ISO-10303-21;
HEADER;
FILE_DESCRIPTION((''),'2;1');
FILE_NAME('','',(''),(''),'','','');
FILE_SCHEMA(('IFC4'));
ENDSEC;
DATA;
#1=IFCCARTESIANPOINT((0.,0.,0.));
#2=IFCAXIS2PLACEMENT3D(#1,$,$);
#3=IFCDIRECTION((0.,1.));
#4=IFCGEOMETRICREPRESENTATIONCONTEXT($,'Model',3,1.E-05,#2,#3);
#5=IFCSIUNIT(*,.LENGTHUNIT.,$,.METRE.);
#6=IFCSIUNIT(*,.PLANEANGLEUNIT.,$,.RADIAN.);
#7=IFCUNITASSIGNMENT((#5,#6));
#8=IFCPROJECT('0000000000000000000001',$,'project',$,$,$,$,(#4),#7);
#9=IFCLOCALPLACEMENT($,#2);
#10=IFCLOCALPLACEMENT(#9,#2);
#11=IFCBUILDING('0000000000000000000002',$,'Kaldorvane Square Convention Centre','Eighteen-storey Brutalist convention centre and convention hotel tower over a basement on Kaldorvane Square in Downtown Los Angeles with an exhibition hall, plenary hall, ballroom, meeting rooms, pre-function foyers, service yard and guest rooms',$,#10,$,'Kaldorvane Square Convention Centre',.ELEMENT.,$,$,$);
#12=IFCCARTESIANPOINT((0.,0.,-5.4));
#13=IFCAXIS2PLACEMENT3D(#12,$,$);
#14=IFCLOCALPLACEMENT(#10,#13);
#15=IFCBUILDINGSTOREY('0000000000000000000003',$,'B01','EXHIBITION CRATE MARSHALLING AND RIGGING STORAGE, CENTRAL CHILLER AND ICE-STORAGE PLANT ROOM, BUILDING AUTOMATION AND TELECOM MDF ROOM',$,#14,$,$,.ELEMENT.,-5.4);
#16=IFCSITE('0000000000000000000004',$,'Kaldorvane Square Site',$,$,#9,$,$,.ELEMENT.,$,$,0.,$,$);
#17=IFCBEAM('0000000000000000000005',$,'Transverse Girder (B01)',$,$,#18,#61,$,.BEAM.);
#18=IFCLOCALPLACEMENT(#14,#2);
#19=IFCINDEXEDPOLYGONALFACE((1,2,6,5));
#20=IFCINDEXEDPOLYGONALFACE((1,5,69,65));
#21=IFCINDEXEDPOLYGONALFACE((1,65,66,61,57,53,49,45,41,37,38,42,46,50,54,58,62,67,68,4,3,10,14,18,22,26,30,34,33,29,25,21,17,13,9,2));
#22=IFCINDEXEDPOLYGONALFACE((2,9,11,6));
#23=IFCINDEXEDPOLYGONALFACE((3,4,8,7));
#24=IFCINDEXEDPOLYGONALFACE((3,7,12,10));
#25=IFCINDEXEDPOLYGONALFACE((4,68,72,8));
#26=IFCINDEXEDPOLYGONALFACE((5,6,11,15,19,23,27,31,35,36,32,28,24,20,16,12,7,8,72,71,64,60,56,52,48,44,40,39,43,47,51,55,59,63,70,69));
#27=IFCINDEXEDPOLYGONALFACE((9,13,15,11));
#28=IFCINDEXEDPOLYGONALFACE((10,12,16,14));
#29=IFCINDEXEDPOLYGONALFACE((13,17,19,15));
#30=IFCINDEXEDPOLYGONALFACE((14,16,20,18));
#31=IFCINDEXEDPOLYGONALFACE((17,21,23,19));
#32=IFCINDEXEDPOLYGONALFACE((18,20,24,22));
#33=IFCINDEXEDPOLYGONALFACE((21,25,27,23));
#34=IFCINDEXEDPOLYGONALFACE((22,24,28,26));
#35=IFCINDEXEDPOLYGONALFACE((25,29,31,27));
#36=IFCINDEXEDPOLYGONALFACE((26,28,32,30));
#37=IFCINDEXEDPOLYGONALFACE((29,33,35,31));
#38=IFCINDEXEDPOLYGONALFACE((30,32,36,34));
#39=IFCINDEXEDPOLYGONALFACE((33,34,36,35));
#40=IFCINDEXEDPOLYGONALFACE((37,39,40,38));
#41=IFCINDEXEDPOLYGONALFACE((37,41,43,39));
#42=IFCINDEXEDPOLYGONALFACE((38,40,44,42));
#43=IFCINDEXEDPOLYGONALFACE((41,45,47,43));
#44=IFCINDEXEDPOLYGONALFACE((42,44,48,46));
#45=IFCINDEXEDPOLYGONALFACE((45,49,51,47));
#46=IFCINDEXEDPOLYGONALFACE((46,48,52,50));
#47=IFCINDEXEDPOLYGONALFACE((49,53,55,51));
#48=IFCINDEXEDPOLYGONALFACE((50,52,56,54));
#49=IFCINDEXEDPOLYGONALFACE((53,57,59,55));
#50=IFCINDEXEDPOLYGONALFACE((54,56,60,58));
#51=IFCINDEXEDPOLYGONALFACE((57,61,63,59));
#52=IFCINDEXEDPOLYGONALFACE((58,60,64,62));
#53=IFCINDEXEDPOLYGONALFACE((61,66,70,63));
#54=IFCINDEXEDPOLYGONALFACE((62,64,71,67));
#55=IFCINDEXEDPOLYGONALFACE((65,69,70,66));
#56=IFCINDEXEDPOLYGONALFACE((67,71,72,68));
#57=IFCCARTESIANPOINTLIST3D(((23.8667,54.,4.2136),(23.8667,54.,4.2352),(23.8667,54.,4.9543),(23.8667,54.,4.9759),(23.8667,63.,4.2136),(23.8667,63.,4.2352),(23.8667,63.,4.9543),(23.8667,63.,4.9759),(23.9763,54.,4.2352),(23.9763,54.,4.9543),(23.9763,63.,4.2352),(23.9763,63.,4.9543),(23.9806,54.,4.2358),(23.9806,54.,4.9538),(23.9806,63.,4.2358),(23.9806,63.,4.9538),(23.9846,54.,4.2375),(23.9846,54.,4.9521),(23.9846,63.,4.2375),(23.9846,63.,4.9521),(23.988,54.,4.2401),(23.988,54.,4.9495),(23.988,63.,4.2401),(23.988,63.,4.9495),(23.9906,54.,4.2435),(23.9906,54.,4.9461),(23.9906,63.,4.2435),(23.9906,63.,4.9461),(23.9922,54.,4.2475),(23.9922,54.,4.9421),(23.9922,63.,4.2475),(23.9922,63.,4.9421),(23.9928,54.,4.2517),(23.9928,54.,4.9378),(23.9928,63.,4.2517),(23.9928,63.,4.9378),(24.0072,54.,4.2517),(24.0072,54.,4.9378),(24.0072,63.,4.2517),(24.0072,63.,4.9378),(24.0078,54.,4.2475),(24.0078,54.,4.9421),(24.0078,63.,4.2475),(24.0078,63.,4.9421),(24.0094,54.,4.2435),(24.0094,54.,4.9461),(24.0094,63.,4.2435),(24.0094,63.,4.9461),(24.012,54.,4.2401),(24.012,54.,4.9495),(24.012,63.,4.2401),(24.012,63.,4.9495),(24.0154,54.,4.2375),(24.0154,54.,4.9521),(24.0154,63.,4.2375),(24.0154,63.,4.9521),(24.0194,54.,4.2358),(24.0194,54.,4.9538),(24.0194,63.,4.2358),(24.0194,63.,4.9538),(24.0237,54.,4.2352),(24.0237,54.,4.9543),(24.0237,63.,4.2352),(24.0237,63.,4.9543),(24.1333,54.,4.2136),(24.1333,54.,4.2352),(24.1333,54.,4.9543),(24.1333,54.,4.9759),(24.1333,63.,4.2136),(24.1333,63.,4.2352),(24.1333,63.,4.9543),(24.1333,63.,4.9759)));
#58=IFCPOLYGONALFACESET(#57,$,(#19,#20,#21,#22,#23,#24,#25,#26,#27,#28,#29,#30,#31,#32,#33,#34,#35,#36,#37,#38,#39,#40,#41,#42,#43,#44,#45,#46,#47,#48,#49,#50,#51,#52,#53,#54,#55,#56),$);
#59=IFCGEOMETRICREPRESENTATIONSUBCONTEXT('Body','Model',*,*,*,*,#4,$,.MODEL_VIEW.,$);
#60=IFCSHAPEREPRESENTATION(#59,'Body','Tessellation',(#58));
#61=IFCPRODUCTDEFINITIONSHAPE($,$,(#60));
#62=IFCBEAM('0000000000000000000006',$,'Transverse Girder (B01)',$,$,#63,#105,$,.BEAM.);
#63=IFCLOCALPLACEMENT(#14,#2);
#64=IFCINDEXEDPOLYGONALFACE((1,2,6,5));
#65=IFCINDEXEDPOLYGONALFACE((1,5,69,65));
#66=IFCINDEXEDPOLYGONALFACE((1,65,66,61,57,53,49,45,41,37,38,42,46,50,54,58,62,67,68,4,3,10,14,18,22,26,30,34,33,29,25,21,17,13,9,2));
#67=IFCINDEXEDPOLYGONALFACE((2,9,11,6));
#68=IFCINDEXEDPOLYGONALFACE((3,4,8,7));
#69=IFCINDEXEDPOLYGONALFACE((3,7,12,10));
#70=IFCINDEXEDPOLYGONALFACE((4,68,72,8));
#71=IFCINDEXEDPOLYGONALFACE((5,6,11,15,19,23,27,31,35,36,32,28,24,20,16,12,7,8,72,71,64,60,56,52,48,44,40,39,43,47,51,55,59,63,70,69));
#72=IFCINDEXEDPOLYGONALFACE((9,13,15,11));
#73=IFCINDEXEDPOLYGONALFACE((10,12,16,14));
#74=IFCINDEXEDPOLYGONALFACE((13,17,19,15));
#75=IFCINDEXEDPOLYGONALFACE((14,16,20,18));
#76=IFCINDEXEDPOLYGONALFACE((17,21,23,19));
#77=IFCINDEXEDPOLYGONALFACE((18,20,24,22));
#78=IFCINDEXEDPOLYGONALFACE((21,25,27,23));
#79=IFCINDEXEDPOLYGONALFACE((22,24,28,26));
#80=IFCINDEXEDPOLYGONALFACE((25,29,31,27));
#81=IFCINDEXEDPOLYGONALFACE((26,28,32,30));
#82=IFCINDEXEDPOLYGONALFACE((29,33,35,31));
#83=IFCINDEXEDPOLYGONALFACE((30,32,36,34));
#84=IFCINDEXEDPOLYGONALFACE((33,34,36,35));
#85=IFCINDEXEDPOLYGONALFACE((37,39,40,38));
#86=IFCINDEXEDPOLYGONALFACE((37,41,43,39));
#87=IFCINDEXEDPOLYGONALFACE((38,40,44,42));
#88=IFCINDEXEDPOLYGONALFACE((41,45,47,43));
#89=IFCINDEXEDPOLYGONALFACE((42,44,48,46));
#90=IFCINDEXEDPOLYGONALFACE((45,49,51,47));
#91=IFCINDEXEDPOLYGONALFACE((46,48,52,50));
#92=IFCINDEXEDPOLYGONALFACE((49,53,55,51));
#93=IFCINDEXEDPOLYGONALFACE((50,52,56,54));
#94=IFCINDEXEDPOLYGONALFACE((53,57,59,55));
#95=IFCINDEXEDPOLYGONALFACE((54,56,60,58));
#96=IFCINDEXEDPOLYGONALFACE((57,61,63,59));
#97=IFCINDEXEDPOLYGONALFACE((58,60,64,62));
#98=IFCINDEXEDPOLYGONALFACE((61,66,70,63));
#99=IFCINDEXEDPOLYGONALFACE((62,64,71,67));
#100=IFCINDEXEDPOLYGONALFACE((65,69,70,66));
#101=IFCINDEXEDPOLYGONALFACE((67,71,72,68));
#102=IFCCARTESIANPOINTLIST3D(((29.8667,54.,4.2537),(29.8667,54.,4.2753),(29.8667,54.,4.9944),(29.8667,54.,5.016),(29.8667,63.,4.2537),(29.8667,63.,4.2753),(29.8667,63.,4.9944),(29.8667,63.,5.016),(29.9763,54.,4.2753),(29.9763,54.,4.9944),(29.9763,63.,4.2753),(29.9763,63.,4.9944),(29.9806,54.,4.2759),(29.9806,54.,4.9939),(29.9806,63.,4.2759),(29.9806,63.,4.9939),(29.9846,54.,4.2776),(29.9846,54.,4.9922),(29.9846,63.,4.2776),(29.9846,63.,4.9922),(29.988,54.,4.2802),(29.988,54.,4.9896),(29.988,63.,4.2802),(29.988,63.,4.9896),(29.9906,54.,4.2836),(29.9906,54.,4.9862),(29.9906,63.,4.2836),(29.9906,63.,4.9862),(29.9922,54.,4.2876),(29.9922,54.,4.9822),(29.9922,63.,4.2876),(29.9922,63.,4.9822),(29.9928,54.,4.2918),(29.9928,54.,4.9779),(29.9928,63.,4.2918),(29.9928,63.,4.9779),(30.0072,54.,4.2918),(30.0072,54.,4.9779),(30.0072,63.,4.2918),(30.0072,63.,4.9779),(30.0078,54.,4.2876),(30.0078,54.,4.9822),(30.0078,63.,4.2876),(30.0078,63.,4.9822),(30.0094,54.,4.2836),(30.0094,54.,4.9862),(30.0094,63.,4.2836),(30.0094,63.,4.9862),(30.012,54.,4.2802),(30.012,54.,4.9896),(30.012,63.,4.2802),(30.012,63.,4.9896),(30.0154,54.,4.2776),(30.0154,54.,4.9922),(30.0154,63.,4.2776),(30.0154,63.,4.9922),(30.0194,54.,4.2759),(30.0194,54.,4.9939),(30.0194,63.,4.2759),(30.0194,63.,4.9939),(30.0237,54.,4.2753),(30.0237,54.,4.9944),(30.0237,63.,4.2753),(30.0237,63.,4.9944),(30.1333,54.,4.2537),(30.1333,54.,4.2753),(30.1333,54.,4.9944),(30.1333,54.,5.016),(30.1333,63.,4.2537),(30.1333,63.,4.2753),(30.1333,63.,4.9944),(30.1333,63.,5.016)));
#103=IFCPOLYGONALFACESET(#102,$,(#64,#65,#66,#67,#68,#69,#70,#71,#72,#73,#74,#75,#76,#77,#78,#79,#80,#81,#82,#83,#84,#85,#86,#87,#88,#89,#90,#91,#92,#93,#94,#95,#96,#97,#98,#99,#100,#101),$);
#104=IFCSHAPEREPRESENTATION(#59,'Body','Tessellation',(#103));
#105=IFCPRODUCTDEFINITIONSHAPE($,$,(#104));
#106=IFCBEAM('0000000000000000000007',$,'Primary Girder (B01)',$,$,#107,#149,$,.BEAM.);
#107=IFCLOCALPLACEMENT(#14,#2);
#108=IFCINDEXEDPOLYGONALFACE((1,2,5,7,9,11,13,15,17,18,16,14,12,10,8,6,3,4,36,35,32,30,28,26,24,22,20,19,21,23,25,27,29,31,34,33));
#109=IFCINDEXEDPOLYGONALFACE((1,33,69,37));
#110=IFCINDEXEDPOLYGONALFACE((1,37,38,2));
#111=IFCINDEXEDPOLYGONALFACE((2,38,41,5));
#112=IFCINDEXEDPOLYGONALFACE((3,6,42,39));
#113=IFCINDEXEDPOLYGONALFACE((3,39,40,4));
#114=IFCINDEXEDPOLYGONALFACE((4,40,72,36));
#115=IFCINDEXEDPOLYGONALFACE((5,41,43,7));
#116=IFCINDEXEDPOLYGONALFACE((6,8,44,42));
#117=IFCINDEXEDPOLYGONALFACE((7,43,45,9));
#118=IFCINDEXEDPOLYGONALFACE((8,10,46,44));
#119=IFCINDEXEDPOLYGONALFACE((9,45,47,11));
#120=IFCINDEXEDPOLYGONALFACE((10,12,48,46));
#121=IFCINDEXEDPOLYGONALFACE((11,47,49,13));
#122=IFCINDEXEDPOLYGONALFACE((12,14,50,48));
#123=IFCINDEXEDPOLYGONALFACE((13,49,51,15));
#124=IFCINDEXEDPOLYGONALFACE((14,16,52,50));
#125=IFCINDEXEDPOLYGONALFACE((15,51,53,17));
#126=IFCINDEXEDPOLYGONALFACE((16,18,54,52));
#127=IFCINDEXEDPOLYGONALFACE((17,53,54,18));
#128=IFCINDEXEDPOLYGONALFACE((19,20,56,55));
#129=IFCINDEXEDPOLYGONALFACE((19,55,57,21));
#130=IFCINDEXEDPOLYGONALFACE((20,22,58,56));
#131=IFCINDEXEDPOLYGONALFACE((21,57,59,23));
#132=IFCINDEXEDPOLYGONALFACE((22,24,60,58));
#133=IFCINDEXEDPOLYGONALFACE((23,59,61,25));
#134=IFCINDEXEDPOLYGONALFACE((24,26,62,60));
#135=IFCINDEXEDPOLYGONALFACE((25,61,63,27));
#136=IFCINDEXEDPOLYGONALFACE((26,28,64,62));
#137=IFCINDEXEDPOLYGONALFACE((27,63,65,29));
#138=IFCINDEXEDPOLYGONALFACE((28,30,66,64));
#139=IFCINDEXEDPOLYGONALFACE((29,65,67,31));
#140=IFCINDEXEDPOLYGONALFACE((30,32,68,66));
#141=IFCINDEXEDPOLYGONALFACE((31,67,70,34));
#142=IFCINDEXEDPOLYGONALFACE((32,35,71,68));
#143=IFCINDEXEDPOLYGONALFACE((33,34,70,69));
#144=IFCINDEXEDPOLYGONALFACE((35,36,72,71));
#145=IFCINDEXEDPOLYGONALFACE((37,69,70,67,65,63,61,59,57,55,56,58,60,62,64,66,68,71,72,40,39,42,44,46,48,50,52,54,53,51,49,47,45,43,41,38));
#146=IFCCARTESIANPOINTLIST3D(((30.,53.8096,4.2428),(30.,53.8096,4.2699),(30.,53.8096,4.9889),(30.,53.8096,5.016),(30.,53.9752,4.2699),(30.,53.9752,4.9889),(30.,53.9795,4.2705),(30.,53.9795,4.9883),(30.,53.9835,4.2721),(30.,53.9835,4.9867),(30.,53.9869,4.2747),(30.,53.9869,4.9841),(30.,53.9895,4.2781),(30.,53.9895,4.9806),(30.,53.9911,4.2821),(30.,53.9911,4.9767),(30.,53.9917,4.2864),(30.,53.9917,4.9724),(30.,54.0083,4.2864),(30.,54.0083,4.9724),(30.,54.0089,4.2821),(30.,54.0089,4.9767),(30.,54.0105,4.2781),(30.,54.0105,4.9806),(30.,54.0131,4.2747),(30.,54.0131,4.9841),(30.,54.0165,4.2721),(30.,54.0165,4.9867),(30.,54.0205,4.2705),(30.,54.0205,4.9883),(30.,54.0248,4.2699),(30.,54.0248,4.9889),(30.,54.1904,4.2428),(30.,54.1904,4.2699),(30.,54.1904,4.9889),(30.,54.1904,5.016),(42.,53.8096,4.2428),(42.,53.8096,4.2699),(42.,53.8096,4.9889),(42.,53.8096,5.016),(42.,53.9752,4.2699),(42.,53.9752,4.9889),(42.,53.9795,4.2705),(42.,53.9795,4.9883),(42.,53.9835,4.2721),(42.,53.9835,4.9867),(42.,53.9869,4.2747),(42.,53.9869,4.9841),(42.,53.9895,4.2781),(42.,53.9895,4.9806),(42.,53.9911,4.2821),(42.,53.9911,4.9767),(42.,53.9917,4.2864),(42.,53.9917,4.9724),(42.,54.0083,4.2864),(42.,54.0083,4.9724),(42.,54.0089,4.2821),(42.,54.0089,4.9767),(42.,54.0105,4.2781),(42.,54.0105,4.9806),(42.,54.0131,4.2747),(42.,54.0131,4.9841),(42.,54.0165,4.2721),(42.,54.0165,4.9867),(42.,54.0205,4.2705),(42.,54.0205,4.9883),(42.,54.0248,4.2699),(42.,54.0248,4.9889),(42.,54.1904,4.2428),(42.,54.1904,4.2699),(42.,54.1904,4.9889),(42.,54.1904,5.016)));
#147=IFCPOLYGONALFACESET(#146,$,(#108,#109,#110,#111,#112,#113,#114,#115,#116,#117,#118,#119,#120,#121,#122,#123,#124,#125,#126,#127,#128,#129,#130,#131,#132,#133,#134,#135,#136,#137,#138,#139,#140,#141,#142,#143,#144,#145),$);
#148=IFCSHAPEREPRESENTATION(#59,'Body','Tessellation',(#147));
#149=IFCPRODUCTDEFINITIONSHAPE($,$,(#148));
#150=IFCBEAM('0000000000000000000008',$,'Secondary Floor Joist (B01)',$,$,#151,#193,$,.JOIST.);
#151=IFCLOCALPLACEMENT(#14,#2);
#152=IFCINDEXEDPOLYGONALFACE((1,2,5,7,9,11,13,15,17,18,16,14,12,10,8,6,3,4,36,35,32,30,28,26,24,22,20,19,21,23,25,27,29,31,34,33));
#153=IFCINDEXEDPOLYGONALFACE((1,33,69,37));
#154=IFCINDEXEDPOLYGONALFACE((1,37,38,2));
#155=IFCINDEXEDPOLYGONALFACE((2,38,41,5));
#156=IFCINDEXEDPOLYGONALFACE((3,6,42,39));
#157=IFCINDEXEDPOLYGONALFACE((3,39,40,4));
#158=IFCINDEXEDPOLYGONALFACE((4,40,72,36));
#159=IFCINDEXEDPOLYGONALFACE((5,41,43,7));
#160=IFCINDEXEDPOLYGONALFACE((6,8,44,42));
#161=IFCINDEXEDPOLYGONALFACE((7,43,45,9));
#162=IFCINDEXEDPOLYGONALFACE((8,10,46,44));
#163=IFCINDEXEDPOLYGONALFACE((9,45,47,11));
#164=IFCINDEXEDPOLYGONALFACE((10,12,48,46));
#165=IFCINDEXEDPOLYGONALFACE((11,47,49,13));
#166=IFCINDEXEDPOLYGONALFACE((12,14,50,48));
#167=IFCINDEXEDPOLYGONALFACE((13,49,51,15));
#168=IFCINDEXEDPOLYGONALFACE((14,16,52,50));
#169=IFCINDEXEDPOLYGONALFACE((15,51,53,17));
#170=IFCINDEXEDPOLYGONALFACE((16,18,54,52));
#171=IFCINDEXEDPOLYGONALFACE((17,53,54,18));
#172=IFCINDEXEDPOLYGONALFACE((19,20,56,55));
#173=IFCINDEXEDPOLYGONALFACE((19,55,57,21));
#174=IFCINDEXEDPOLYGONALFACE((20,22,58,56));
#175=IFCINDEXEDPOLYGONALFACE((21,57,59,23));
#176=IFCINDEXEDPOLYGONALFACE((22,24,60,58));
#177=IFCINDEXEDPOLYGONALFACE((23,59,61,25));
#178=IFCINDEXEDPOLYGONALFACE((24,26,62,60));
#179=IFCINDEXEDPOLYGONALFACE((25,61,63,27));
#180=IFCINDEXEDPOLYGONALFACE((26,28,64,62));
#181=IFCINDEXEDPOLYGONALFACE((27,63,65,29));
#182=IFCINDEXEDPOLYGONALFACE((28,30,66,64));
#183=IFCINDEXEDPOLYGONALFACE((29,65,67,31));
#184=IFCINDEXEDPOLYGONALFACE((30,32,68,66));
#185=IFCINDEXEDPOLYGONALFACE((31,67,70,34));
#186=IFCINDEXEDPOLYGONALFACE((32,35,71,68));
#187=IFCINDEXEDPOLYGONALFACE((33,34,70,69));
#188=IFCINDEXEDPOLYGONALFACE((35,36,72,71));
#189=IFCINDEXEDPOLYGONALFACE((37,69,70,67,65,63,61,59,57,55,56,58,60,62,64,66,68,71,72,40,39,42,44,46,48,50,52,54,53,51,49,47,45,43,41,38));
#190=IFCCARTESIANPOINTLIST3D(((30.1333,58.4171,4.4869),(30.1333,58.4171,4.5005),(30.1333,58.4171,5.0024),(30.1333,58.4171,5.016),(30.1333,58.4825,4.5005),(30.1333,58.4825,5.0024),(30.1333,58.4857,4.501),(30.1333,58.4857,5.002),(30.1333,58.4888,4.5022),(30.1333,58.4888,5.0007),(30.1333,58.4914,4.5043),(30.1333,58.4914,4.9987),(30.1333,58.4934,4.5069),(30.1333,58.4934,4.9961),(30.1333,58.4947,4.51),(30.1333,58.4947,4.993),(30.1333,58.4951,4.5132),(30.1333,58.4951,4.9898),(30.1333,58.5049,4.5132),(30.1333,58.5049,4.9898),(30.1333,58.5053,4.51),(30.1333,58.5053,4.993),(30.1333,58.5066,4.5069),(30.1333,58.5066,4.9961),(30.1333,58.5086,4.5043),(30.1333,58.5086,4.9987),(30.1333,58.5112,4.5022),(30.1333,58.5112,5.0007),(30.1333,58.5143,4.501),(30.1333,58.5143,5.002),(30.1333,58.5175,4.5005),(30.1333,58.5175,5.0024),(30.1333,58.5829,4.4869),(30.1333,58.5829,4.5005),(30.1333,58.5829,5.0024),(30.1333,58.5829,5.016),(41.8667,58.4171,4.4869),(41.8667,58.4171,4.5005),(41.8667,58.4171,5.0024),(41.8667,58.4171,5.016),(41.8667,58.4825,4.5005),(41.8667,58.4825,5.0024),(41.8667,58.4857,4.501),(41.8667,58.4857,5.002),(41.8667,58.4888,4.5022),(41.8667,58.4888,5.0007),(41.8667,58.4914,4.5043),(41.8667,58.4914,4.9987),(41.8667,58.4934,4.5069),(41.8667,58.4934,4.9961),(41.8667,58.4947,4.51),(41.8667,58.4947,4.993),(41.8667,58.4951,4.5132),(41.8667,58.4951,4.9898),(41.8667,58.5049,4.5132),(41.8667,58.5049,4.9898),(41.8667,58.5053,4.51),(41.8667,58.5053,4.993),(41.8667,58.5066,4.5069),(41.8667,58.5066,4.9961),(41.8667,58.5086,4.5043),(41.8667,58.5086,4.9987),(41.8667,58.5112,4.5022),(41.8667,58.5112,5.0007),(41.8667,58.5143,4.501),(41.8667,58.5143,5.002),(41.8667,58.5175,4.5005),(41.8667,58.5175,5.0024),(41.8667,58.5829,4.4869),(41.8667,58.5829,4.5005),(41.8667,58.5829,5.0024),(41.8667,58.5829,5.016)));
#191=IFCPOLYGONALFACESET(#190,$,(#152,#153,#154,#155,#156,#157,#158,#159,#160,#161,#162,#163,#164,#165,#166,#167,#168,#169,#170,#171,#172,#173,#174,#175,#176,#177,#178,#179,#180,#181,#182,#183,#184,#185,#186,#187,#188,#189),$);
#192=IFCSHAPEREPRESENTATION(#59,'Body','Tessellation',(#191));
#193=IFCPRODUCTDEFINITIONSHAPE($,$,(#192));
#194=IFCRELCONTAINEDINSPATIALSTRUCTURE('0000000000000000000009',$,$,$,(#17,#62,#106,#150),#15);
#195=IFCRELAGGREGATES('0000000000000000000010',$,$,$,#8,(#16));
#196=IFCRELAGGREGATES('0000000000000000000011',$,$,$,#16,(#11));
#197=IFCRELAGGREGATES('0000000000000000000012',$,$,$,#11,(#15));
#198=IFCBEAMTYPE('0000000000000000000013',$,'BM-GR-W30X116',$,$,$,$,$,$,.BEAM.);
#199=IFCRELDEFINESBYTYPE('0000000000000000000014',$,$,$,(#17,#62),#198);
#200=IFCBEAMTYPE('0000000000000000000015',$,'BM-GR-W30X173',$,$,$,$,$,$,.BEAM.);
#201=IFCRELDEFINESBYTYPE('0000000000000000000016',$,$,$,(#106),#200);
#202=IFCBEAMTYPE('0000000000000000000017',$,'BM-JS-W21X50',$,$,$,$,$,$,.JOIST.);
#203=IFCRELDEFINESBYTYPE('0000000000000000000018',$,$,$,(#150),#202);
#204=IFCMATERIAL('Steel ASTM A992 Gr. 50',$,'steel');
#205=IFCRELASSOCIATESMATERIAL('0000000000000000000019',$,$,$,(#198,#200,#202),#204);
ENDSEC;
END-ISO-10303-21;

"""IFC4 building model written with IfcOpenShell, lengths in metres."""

from ifc_helpers import new_model, si_unit, direction, frame, origin, origin_2d, place, context, subcontext, project, spatial, i_section, extrude, material, material_profile, profile_set, type_object, element, save


model = new_model("IFC4")

# Units and contexts
model_context = context("Model", 3, precision=1e-05, world=origin(), true_north=direction((0.0, 1.0)))
body_context = subcontext(model_context, "Body", "Model", "MODEL_VIEW")
ifc_project = project(units=[si_unit("LENGTHUNIT", "METRE"), si_unit("PLANEANGLEUNIT", "RADIAN")], contexts=[model_context])

# Site, building, storey
site_placement = place(None, origin())
site = spatial("IfcSite", under=ifc_project, at=site_placement, Name="Kaldorvane Square Site", CompositionType="ELEMENT", RefElevation=0.0)
building_placement = place(site_placement, origin())
building = spatial("IfcBuilding", under=site, at=building_placement, Name="Kaldorvane Square Convention Centre", Description="Eighteen-storey Brutalist convention centre and convention hotel tower over a basement on Kaldorvane Square in Downtown Los Angeles with an exhibition hall, plenary hall, ballroom, meeting rooms, pre-function foyers, service yard and guest rooms", LongName="Kaldorvane Square Convention Centre", CompositionType="ELEMENT")
storey_placement = place(building_placement, frame((0.0, 0.0, -5.4)))
storey = spatial("IfcBuildingStorey", under=building, at=storey_placement, Name="B01", Description="EXHIBITION CRATE MARSHALLING AND RIGGING STORAGE, CENTRAL CHILLER AND ICE-STORAGE PLANT ROOM, BUILDING AUTOMATION AND TELECOM MDF ROOM", CompositionType="ELEMENT", Elevation=-5.4)

# Shared definitions
ifc_material_1 = material(Name="Steel ASTM A992 Gr. 50", Category="steel")

# Beams
ifc_material_profile_1 = material_profile(ifc_material_1, i_section(OverallWidth=0.2666, OverallDepth=0.7623, WebThickness=0.0144, FlangeThickness=0.0216, FilletRadius=0.0165, at=origin_2d()), Name="W30X116")
ifc_profile_set_1 = profile_set([ifc_material_profile_1], Name="Steel ASTM A992 Gr. 50")
beam_type_1 = type_object("IfcBeamType", Name="BM-GR-W30X116", PredefinedType="BEAM", material=ifc_profile_set_1)
for number, where, z_axis, x_axis, name in (
    (1, (24.0, 54.0, 4.5948), (0.0, 1.0, 0.0), (-1.0, 0.0, 0.0), "Transverse Girder (B01)"),
    (2, (30.0, 54.0, 4.6349), (0.0, 1.0, 0.0), (-1.0, 0.0, 0.0), "Transverse Girder (B01)"),
):
    element("IfcBeam", number, at=place(storey_placement, frame(where, z_axis=z_axis, x_axis=x_axis)), inside=storey, type_object=beam_type_1, Name=name, PredefinedType="BEAM", context=body_context, shape_type="SweptSolid", body=[
        extrude(i_section(OverallWidth=0.2666, OverallDepth=0.7623, WebThickness=0.0144, FlangeThickness=0.0216, FilletRadius=0.0165, at=origin_2d()), origin(), (0.0, 0.0, 1.0), 9.0),
    ])
ifc_material_profile_2 = material_profile(ifc_material_1, i_section(OverallWidth=0.3807, OverallDepth=0.7732, WebThickness=0.0166, FlangeThickness=0.0271, FilletRadius=0.0165, at=origin_2d()), Name="W30X173")
ifc_profile_set_2 = profile_set([ifc_material_profile_2], Name="Steel ASTM A992 Gr. 50")
beam_type_2 = type_object("IfcBeamType", Name="BM-GR-W30X173", PredefinedType="BEAM", material=ifc_profile_set_2)
beam_1_placement = place(storey_placement, frame((30.0, 54.0, 4.6294), z_axis=(1.0, 0.0, 0.0), x_axis=(0.0, 1.0, 0.0)))
element("IfcBeam", 3, at=beam_1_placement, inside=storey, type_object=beam_type_2, Name="Primary Girder (B01)", PredefinedType="BEAM", context=body_context, shape_type="SweptSolid", body=[
    extrude(i_section(OverallWidth=0.3807, OverallDepth=0.7732, WebThickness=0.0166, FlangeThickness=0.0271, FilletRadius=0.0165, at=origin_2d()), origin(), (0.0, 0.0, 1.0), 12.0),
])
ifc_material_profile_3 = material_profile(ifc_material_1, i_section(OverallWidth=0.1659, OverallDepth=0.5291, WebThickness=0.0097, FlangeThickness=0.0136, FilletRadius=0.0127, at=origin_2d()), Name="W21X50")
ifc_profile_set_3 = profile_set([ifc_material_profile_3], Name="Steel ASTM A992 Gr. 50")
beam_type_3 = type_object("IfcBeamType", Name="BM-JS-W21X50", PredefinedType="JOIST", material=ifc_profile_set_3)
beam_2_placement = place(storey_placement, frame((30.1333, 58.5, 4.7515), z_axis=(1.0, 0.0, 0.0), x_axis=(0.0, 1.0, 0.0)))
element("IfcBeam", 4, at=beam_2_placement, inside=storey, type_object=beam_type_3, Name="Secondary Floor Joist (B01)", PredefinedType="JOIST", context=body_context, shape_type="SweptSolid", body=[
    extrude(i_section(OverallWidth=0.1659, OverallDepth=0.5291, WebThickness=0.0097, FlangeThickness=0.0136, FilletRadius=0.0127, at=origin_2d()), origin(), (0.0, 0.0, 1.0), 11.7334),
])

save(model, "model.ifc")
